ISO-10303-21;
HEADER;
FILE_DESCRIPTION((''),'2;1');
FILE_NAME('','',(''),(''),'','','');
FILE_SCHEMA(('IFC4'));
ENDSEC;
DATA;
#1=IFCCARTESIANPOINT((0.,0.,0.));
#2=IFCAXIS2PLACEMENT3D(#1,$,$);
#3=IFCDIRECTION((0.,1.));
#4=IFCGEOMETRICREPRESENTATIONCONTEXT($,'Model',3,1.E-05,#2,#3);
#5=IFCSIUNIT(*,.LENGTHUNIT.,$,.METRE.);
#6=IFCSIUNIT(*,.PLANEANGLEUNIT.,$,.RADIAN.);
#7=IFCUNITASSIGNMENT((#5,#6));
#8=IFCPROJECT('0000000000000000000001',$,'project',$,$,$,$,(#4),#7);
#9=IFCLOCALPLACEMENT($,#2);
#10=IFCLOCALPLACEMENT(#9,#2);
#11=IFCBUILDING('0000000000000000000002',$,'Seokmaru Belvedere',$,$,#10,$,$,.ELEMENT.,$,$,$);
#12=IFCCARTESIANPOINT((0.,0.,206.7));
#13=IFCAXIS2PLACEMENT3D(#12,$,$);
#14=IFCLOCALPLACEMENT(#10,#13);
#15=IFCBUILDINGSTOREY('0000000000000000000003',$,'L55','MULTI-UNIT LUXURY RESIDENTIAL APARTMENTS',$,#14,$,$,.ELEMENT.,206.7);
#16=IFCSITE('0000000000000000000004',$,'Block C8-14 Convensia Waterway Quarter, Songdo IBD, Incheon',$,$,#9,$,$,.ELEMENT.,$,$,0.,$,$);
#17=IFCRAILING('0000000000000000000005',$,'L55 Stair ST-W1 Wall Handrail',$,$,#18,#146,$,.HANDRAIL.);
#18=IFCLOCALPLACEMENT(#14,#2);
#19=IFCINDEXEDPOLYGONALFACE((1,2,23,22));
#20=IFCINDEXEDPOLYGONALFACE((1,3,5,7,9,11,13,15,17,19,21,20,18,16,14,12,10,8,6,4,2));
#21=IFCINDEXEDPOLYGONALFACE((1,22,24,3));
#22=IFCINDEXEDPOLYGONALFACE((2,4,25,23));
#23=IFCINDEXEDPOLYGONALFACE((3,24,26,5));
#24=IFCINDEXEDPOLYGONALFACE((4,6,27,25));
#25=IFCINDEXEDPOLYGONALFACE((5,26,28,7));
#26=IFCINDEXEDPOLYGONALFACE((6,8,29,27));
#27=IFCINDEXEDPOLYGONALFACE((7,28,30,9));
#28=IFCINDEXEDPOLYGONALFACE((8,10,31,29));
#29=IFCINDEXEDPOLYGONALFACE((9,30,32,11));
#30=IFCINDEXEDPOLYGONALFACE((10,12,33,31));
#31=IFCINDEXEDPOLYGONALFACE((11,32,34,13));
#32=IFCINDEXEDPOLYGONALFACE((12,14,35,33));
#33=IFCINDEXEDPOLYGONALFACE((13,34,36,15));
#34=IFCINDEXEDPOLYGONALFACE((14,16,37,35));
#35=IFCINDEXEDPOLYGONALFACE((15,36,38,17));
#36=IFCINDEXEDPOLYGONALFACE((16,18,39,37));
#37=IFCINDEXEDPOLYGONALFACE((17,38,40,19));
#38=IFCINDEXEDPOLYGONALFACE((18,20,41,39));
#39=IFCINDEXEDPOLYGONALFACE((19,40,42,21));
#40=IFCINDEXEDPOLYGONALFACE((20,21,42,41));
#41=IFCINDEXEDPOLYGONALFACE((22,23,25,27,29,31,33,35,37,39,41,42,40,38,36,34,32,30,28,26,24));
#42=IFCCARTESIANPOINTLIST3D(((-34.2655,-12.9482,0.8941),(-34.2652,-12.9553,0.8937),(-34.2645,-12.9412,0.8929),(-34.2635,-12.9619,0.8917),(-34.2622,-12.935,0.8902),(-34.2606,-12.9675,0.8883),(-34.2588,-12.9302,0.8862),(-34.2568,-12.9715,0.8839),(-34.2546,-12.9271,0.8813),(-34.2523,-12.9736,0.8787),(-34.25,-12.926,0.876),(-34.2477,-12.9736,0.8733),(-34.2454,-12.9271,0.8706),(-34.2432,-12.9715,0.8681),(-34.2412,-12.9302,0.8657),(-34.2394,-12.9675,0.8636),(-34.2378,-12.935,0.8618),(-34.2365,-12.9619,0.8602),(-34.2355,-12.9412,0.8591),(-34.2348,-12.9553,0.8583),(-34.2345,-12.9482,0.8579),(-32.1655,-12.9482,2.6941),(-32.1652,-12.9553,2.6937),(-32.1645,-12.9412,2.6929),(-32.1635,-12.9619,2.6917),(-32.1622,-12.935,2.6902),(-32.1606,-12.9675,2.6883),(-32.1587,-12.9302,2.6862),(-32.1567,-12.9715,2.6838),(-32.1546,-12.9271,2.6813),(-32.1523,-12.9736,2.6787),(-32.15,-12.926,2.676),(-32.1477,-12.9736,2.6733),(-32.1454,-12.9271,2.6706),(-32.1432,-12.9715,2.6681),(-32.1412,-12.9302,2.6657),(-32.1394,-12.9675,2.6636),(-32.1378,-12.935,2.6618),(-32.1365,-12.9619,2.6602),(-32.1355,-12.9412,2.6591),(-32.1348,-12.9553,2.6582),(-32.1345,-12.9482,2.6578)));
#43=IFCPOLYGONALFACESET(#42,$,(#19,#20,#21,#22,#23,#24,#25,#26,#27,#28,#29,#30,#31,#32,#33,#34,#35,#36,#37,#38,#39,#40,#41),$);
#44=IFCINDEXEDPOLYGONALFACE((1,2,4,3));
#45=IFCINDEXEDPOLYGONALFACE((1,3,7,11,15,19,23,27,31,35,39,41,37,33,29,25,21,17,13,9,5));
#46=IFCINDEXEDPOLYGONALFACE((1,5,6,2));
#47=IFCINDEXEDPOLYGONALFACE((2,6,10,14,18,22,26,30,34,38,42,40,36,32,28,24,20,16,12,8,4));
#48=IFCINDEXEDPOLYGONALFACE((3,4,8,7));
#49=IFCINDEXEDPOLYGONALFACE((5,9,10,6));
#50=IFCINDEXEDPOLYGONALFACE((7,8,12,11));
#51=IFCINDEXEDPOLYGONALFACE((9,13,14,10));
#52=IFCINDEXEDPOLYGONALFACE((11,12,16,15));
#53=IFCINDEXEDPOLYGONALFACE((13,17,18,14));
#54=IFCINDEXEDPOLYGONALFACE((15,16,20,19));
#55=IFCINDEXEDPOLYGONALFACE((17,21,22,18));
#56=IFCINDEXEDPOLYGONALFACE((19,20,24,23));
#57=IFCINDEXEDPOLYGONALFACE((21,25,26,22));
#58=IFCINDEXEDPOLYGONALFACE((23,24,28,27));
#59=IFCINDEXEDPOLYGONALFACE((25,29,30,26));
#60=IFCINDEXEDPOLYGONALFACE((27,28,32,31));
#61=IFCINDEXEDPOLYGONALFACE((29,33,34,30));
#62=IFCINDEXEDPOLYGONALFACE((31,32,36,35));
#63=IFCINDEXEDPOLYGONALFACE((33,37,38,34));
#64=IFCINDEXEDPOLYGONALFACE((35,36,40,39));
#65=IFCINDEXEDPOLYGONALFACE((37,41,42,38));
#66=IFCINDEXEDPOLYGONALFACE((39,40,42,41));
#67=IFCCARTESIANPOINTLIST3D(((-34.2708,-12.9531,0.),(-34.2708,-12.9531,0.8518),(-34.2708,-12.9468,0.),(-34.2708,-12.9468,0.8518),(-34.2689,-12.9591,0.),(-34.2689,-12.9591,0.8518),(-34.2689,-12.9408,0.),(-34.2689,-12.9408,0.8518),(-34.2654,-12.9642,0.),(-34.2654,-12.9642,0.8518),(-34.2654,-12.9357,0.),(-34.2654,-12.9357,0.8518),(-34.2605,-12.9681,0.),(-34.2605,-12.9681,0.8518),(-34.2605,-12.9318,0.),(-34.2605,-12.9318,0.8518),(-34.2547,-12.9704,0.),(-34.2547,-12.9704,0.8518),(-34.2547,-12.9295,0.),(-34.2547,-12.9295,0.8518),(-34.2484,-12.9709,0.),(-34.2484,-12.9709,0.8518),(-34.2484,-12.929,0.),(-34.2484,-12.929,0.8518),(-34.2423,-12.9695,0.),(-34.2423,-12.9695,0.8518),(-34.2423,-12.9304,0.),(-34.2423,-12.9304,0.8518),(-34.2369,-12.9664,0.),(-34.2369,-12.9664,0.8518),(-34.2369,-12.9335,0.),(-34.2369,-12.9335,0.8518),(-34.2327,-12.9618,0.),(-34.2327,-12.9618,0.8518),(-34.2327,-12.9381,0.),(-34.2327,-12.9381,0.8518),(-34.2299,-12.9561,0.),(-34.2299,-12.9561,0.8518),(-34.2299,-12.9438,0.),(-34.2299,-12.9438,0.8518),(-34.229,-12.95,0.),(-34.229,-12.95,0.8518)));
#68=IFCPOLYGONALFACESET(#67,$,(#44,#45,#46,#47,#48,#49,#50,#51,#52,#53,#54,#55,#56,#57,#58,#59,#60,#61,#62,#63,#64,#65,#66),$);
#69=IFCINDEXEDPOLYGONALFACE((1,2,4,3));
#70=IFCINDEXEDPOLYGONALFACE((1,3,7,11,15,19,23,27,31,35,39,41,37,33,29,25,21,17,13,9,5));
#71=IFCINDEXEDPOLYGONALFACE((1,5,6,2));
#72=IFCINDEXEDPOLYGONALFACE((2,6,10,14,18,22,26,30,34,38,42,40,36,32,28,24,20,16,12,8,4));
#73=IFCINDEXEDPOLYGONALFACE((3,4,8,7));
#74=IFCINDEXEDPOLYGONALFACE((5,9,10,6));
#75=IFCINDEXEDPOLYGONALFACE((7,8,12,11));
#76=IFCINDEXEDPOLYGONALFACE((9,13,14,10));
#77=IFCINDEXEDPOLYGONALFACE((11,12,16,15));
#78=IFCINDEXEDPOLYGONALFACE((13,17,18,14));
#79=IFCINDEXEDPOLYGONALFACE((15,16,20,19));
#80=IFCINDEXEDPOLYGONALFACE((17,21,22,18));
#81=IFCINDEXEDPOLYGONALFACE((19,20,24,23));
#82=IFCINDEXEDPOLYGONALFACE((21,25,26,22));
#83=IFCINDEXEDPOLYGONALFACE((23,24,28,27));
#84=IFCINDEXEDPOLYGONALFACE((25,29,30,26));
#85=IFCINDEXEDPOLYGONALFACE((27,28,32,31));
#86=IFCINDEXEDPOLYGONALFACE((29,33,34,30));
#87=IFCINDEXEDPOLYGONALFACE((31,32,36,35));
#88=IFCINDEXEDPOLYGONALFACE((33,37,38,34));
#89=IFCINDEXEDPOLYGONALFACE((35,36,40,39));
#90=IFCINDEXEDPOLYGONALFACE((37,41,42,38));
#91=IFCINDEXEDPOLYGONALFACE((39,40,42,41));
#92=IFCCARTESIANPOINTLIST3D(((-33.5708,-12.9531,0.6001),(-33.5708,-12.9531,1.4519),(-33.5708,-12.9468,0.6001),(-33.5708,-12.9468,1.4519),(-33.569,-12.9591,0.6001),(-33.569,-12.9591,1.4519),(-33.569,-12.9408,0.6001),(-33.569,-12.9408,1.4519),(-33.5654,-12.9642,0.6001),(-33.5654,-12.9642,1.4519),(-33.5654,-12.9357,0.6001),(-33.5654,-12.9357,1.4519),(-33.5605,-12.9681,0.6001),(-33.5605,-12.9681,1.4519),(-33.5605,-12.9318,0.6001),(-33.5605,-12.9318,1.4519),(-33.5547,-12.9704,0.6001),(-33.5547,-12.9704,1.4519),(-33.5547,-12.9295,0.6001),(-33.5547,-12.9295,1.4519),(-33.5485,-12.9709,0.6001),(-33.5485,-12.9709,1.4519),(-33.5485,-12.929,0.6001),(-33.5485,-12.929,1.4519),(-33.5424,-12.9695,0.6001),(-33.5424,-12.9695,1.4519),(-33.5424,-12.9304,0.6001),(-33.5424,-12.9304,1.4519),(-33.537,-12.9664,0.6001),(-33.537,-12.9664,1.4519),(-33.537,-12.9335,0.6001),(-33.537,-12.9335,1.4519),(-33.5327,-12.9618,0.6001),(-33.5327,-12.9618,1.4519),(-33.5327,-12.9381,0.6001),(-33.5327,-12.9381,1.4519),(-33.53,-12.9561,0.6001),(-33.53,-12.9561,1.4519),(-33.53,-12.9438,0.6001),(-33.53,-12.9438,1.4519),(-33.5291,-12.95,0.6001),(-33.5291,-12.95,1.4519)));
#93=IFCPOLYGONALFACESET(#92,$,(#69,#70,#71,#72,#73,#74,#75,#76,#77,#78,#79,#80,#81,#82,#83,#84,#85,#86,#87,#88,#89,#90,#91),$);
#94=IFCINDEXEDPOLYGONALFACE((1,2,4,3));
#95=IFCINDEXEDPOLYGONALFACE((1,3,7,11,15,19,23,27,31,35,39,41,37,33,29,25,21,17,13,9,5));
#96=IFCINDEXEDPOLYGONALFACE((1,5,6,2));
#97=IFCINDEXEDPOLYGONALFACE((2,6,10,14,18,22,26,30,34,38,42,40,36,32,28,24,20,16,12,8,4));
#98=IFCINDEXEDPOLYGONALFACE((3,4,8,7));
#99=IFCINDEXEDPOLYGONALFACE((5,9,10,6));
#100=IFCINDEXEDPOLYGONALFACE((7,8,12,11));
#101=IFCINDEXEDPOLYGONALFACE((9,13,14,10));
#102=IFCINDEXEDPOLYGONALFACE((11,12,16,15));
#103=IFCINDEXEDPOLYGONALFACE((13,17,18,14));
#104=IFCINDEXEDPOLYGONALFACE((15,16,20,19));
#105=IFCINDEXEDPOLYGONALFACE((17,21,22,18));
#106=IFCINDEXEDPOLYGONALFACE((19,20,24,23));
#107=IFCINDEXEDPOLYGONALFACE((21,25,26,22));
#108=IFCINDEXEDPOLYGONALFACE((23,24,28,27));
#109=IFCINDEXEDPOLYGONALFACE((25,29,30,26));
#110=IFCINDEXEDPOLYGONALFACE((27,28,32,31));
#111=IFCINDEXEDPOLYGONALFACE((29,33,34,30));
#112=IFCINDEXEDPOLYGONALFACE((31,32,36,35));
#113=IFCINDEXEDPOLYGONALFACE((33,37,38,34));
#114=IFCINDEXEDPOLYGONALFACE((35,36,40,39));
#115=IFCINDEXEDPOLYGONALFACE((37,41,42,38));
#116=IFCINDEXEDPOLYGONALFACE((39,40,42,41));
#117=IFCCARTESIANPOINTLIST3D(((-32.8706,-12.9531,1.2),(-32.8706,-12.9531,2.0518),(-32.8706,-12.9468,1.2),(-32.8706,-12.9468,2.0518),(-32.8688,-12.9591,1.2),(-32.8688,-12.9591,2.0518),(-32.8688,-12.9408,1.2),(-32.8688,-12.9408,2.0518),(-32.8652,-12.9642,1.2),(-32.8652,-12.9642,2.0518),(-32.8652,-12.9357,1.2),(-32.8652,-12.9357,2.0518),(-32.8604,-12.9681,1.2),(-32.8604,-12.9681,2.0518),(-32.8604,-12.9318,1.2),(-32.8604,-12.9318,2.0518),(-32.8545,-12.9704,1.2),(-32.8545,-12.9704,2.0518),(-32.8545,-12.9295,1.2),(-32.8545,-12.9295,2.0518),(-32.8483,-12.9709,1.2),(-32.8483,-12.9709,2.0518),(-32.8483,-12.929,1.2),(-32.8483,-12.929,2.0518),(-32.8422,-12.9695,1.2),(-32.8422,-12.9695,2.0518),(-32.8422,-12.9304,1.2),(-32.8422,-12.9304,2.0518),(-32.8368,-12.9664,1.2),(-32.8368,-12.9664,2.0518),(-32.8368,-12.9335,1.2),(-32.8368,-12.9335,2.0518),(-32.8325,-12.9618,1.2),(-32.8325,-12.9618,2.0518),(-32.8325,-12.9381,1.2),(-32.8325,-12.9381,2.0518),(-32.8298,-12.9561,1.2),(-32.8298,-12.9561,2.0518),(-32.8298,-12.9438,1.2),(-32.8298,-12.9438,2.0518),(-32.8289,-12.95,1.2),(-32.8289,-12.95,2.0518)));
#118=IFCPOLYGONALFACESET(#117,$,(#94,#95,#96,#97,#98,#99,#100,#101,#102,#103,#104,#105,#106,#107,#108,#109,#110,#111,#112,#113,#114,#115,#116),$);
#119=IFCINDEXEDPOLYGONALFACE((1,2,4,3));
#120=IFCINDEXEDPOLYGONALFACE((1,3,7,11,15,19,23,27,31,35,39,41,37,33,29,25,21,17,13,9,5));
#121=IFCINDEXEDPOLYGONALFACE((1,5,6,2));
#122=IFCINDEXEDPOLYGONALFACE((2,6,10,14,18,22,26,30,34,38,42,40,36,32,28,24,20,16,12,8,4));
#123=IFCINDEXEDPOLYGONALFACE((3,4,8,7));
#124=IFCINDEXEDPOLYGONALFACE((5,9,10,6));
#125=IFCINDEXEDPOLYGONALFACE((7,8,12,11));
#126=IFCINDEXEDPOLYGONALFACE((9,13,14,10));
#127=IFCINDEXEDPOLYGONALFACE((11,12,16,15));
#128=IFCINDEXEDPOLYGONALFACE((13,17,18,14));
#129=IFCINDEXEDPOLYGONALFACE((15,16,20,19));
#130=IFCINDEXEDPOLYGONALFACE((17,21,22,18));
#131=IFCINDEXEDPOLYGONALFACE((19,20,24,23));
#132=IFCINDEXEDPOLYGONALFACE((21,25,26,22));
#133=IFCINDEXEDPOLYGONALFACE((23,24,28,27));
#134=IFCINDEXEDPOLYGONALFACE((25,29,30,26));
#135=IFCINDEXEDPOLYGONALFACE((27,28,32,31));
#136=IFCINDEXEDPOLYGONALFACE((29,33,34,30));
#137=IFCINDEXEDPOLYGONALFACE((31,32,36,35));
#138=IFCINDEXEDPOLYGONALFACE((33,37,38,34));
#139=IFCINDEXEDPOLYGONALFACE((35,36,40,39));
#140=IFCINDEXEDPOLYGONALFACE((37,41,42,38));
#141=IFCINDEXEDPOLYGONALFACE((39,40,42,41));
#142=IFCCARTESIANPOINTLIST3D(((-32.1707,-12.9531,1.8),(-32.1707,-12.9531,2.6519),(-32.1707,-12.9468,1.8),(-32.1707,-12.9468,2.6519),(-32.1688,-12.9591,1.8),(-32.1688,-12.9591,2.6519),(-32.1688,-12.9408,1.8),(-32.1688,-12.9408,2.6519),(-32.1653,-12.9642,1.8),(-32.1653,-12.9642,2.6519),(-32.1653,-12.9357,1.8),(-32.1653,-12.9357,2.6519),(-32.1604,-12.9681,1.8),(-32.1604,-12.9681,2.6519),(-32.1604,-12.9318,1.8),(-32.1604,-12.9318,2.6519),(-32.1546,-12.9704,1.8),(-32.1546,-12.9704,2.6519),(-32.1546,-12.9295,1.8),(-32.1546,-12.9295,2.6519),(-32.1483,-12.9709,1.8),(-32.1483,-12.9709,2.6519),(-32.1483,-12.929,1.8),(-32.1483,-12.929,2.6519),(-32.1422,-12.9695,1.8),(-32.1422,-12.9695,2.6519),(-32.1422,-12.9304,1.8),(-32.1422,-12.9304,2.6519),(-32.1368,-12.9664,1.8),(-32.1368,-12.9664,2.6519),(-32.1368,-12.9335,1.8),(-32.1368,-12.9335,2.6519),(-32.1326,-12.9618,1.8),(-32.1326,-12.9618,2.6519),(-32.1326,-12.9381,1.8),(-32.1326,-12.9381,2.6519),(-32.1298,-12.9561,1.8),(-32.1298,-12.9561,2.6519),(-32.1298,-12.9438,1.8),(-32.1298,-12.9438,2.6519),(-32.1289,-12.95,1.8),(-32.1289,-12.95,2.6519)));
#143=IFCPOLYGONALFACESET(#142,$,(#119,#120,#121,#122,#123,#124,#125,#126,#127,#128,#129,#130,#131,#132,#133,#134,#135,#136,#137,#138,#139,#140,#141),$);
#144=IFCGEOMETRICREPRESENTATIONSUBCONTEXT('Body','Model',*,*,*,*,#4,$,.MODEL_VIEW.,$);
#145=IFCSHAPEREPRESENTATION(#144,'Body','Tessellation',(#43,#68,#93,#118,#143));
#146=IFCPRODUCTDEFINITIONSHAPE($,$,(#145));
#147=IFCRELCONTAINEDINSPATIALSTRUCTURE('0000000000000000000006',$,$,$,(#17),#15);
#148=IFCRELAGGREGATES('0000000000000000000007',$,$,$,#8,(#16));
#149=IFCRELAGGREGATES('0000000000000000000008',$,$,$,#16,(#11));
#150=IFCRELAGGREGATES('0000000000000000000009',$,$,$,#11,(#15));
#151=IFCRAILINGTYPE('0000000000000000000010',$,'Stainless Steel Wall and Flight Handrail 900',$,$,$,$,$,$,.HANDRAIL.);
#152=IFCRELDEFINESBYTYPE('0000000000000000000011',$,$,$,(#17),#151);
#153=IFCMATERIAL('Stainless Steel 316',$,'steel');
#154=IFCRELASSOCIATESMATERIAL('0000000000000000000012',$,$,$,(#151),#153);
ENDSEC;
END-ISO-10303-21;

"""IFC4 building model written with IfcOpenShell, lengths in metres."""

from ifc_helpers import new_model, si_unit, direction, frame, origin, origin_2d, place, context, subcontext, project, spatial, circle, extrude, material, type_object, element, save


model = new_model("IFC4")

# Units and contexts
model_context = context("Model", 3, precision=1e-05, world=origin(), true_north=direction((0.0, 1.0)))
body_context = subcontext(model_context, "Body", "Model", "MODEL_VIEW")
ifc_project = project(units=[si_unit("LENGTHUNIT", "METRE"), si_unit("PLANEANGLEUNIT", "RADIAN")], contexts=[model_context])

# Site, building, storey
site_placement = place(None, origin())
site = spatial("IfcSite", under=ifc_project, at=site_placement, Name="Block C8-14 Convensia Waterway Quarter, Songdo IBD, Incheon", CompositionType="ELEMENT", RefElevation=0.0)
building_placement = place(site_placement, origin())
building = spatial("IfcBuilding", under=site, at=building_placement, Name="Seokmaru Belvedere", CompositionType="ELEMENT")
storey_placement = place(building_placement, frame((0.0, 0.0, 206.7)))
storey = spatial("IfcBuildingStorey", under=building, at=storey_placement, Name="L55", Description="MULTI-UNIT LUXURY RESIDENTIAL APARTMENTS", CompositionType="ELEMENT", Elevation=206.7)

# Railing
ifc_material_1 = material(Name="Stainless Steel 316", Category="steel")
railing_type_1 = type_object("IfcRailingType", Name="Stainless Steel Wall and Flight Handrail 900", PredefinedType="HANDRAIL", material=ifc_material_1)
railing_1_placement = place(storey_placement, frame((-34.25, -12.95, 0.0)))
element("IfcRailing", 1, at=railing_1_placement, inside=storey, type_object=railing_type_1, Name="L55 Stair ST-W1 Wall Handrail", PredefinedType="HANDRAIL", context=body_context, shape_type="SweptSolid", body=[
    extrude(circle(Radius=0.0239, at=origin_2d()), frame((0.0, 0.0, 0.876), z_axis=(0.759263, 0.0, 0.650784), x_axis=(0.0, 1.0, 0.0)), (0.0, 0.0, 1.0), 2.7659),
    extrude(circle(Radius=0.021, at=origin_2d()), origin(), (0.0, 0.0, 1.0), 0.8518),
    extrude(circle(Radius=0.021, at=origin_2d()), frame((0.7, 0.0, 0.6001)), (0.0, 0.0, 1.0), 0.8518),
    extrude(circle(Radius=0.021, at=origin_2d()), frame((1.4001, 0.0, 1.2)), (0.0, 0.0, 1.0), 0.8518),
    extrude(circle(Radius=0.021, at=origin_2d()), frame((2.1001, 0.0, 1.8)), (0.0, 0.0, 1.0), 0.8518),
])

save(model, "model.ifc")
